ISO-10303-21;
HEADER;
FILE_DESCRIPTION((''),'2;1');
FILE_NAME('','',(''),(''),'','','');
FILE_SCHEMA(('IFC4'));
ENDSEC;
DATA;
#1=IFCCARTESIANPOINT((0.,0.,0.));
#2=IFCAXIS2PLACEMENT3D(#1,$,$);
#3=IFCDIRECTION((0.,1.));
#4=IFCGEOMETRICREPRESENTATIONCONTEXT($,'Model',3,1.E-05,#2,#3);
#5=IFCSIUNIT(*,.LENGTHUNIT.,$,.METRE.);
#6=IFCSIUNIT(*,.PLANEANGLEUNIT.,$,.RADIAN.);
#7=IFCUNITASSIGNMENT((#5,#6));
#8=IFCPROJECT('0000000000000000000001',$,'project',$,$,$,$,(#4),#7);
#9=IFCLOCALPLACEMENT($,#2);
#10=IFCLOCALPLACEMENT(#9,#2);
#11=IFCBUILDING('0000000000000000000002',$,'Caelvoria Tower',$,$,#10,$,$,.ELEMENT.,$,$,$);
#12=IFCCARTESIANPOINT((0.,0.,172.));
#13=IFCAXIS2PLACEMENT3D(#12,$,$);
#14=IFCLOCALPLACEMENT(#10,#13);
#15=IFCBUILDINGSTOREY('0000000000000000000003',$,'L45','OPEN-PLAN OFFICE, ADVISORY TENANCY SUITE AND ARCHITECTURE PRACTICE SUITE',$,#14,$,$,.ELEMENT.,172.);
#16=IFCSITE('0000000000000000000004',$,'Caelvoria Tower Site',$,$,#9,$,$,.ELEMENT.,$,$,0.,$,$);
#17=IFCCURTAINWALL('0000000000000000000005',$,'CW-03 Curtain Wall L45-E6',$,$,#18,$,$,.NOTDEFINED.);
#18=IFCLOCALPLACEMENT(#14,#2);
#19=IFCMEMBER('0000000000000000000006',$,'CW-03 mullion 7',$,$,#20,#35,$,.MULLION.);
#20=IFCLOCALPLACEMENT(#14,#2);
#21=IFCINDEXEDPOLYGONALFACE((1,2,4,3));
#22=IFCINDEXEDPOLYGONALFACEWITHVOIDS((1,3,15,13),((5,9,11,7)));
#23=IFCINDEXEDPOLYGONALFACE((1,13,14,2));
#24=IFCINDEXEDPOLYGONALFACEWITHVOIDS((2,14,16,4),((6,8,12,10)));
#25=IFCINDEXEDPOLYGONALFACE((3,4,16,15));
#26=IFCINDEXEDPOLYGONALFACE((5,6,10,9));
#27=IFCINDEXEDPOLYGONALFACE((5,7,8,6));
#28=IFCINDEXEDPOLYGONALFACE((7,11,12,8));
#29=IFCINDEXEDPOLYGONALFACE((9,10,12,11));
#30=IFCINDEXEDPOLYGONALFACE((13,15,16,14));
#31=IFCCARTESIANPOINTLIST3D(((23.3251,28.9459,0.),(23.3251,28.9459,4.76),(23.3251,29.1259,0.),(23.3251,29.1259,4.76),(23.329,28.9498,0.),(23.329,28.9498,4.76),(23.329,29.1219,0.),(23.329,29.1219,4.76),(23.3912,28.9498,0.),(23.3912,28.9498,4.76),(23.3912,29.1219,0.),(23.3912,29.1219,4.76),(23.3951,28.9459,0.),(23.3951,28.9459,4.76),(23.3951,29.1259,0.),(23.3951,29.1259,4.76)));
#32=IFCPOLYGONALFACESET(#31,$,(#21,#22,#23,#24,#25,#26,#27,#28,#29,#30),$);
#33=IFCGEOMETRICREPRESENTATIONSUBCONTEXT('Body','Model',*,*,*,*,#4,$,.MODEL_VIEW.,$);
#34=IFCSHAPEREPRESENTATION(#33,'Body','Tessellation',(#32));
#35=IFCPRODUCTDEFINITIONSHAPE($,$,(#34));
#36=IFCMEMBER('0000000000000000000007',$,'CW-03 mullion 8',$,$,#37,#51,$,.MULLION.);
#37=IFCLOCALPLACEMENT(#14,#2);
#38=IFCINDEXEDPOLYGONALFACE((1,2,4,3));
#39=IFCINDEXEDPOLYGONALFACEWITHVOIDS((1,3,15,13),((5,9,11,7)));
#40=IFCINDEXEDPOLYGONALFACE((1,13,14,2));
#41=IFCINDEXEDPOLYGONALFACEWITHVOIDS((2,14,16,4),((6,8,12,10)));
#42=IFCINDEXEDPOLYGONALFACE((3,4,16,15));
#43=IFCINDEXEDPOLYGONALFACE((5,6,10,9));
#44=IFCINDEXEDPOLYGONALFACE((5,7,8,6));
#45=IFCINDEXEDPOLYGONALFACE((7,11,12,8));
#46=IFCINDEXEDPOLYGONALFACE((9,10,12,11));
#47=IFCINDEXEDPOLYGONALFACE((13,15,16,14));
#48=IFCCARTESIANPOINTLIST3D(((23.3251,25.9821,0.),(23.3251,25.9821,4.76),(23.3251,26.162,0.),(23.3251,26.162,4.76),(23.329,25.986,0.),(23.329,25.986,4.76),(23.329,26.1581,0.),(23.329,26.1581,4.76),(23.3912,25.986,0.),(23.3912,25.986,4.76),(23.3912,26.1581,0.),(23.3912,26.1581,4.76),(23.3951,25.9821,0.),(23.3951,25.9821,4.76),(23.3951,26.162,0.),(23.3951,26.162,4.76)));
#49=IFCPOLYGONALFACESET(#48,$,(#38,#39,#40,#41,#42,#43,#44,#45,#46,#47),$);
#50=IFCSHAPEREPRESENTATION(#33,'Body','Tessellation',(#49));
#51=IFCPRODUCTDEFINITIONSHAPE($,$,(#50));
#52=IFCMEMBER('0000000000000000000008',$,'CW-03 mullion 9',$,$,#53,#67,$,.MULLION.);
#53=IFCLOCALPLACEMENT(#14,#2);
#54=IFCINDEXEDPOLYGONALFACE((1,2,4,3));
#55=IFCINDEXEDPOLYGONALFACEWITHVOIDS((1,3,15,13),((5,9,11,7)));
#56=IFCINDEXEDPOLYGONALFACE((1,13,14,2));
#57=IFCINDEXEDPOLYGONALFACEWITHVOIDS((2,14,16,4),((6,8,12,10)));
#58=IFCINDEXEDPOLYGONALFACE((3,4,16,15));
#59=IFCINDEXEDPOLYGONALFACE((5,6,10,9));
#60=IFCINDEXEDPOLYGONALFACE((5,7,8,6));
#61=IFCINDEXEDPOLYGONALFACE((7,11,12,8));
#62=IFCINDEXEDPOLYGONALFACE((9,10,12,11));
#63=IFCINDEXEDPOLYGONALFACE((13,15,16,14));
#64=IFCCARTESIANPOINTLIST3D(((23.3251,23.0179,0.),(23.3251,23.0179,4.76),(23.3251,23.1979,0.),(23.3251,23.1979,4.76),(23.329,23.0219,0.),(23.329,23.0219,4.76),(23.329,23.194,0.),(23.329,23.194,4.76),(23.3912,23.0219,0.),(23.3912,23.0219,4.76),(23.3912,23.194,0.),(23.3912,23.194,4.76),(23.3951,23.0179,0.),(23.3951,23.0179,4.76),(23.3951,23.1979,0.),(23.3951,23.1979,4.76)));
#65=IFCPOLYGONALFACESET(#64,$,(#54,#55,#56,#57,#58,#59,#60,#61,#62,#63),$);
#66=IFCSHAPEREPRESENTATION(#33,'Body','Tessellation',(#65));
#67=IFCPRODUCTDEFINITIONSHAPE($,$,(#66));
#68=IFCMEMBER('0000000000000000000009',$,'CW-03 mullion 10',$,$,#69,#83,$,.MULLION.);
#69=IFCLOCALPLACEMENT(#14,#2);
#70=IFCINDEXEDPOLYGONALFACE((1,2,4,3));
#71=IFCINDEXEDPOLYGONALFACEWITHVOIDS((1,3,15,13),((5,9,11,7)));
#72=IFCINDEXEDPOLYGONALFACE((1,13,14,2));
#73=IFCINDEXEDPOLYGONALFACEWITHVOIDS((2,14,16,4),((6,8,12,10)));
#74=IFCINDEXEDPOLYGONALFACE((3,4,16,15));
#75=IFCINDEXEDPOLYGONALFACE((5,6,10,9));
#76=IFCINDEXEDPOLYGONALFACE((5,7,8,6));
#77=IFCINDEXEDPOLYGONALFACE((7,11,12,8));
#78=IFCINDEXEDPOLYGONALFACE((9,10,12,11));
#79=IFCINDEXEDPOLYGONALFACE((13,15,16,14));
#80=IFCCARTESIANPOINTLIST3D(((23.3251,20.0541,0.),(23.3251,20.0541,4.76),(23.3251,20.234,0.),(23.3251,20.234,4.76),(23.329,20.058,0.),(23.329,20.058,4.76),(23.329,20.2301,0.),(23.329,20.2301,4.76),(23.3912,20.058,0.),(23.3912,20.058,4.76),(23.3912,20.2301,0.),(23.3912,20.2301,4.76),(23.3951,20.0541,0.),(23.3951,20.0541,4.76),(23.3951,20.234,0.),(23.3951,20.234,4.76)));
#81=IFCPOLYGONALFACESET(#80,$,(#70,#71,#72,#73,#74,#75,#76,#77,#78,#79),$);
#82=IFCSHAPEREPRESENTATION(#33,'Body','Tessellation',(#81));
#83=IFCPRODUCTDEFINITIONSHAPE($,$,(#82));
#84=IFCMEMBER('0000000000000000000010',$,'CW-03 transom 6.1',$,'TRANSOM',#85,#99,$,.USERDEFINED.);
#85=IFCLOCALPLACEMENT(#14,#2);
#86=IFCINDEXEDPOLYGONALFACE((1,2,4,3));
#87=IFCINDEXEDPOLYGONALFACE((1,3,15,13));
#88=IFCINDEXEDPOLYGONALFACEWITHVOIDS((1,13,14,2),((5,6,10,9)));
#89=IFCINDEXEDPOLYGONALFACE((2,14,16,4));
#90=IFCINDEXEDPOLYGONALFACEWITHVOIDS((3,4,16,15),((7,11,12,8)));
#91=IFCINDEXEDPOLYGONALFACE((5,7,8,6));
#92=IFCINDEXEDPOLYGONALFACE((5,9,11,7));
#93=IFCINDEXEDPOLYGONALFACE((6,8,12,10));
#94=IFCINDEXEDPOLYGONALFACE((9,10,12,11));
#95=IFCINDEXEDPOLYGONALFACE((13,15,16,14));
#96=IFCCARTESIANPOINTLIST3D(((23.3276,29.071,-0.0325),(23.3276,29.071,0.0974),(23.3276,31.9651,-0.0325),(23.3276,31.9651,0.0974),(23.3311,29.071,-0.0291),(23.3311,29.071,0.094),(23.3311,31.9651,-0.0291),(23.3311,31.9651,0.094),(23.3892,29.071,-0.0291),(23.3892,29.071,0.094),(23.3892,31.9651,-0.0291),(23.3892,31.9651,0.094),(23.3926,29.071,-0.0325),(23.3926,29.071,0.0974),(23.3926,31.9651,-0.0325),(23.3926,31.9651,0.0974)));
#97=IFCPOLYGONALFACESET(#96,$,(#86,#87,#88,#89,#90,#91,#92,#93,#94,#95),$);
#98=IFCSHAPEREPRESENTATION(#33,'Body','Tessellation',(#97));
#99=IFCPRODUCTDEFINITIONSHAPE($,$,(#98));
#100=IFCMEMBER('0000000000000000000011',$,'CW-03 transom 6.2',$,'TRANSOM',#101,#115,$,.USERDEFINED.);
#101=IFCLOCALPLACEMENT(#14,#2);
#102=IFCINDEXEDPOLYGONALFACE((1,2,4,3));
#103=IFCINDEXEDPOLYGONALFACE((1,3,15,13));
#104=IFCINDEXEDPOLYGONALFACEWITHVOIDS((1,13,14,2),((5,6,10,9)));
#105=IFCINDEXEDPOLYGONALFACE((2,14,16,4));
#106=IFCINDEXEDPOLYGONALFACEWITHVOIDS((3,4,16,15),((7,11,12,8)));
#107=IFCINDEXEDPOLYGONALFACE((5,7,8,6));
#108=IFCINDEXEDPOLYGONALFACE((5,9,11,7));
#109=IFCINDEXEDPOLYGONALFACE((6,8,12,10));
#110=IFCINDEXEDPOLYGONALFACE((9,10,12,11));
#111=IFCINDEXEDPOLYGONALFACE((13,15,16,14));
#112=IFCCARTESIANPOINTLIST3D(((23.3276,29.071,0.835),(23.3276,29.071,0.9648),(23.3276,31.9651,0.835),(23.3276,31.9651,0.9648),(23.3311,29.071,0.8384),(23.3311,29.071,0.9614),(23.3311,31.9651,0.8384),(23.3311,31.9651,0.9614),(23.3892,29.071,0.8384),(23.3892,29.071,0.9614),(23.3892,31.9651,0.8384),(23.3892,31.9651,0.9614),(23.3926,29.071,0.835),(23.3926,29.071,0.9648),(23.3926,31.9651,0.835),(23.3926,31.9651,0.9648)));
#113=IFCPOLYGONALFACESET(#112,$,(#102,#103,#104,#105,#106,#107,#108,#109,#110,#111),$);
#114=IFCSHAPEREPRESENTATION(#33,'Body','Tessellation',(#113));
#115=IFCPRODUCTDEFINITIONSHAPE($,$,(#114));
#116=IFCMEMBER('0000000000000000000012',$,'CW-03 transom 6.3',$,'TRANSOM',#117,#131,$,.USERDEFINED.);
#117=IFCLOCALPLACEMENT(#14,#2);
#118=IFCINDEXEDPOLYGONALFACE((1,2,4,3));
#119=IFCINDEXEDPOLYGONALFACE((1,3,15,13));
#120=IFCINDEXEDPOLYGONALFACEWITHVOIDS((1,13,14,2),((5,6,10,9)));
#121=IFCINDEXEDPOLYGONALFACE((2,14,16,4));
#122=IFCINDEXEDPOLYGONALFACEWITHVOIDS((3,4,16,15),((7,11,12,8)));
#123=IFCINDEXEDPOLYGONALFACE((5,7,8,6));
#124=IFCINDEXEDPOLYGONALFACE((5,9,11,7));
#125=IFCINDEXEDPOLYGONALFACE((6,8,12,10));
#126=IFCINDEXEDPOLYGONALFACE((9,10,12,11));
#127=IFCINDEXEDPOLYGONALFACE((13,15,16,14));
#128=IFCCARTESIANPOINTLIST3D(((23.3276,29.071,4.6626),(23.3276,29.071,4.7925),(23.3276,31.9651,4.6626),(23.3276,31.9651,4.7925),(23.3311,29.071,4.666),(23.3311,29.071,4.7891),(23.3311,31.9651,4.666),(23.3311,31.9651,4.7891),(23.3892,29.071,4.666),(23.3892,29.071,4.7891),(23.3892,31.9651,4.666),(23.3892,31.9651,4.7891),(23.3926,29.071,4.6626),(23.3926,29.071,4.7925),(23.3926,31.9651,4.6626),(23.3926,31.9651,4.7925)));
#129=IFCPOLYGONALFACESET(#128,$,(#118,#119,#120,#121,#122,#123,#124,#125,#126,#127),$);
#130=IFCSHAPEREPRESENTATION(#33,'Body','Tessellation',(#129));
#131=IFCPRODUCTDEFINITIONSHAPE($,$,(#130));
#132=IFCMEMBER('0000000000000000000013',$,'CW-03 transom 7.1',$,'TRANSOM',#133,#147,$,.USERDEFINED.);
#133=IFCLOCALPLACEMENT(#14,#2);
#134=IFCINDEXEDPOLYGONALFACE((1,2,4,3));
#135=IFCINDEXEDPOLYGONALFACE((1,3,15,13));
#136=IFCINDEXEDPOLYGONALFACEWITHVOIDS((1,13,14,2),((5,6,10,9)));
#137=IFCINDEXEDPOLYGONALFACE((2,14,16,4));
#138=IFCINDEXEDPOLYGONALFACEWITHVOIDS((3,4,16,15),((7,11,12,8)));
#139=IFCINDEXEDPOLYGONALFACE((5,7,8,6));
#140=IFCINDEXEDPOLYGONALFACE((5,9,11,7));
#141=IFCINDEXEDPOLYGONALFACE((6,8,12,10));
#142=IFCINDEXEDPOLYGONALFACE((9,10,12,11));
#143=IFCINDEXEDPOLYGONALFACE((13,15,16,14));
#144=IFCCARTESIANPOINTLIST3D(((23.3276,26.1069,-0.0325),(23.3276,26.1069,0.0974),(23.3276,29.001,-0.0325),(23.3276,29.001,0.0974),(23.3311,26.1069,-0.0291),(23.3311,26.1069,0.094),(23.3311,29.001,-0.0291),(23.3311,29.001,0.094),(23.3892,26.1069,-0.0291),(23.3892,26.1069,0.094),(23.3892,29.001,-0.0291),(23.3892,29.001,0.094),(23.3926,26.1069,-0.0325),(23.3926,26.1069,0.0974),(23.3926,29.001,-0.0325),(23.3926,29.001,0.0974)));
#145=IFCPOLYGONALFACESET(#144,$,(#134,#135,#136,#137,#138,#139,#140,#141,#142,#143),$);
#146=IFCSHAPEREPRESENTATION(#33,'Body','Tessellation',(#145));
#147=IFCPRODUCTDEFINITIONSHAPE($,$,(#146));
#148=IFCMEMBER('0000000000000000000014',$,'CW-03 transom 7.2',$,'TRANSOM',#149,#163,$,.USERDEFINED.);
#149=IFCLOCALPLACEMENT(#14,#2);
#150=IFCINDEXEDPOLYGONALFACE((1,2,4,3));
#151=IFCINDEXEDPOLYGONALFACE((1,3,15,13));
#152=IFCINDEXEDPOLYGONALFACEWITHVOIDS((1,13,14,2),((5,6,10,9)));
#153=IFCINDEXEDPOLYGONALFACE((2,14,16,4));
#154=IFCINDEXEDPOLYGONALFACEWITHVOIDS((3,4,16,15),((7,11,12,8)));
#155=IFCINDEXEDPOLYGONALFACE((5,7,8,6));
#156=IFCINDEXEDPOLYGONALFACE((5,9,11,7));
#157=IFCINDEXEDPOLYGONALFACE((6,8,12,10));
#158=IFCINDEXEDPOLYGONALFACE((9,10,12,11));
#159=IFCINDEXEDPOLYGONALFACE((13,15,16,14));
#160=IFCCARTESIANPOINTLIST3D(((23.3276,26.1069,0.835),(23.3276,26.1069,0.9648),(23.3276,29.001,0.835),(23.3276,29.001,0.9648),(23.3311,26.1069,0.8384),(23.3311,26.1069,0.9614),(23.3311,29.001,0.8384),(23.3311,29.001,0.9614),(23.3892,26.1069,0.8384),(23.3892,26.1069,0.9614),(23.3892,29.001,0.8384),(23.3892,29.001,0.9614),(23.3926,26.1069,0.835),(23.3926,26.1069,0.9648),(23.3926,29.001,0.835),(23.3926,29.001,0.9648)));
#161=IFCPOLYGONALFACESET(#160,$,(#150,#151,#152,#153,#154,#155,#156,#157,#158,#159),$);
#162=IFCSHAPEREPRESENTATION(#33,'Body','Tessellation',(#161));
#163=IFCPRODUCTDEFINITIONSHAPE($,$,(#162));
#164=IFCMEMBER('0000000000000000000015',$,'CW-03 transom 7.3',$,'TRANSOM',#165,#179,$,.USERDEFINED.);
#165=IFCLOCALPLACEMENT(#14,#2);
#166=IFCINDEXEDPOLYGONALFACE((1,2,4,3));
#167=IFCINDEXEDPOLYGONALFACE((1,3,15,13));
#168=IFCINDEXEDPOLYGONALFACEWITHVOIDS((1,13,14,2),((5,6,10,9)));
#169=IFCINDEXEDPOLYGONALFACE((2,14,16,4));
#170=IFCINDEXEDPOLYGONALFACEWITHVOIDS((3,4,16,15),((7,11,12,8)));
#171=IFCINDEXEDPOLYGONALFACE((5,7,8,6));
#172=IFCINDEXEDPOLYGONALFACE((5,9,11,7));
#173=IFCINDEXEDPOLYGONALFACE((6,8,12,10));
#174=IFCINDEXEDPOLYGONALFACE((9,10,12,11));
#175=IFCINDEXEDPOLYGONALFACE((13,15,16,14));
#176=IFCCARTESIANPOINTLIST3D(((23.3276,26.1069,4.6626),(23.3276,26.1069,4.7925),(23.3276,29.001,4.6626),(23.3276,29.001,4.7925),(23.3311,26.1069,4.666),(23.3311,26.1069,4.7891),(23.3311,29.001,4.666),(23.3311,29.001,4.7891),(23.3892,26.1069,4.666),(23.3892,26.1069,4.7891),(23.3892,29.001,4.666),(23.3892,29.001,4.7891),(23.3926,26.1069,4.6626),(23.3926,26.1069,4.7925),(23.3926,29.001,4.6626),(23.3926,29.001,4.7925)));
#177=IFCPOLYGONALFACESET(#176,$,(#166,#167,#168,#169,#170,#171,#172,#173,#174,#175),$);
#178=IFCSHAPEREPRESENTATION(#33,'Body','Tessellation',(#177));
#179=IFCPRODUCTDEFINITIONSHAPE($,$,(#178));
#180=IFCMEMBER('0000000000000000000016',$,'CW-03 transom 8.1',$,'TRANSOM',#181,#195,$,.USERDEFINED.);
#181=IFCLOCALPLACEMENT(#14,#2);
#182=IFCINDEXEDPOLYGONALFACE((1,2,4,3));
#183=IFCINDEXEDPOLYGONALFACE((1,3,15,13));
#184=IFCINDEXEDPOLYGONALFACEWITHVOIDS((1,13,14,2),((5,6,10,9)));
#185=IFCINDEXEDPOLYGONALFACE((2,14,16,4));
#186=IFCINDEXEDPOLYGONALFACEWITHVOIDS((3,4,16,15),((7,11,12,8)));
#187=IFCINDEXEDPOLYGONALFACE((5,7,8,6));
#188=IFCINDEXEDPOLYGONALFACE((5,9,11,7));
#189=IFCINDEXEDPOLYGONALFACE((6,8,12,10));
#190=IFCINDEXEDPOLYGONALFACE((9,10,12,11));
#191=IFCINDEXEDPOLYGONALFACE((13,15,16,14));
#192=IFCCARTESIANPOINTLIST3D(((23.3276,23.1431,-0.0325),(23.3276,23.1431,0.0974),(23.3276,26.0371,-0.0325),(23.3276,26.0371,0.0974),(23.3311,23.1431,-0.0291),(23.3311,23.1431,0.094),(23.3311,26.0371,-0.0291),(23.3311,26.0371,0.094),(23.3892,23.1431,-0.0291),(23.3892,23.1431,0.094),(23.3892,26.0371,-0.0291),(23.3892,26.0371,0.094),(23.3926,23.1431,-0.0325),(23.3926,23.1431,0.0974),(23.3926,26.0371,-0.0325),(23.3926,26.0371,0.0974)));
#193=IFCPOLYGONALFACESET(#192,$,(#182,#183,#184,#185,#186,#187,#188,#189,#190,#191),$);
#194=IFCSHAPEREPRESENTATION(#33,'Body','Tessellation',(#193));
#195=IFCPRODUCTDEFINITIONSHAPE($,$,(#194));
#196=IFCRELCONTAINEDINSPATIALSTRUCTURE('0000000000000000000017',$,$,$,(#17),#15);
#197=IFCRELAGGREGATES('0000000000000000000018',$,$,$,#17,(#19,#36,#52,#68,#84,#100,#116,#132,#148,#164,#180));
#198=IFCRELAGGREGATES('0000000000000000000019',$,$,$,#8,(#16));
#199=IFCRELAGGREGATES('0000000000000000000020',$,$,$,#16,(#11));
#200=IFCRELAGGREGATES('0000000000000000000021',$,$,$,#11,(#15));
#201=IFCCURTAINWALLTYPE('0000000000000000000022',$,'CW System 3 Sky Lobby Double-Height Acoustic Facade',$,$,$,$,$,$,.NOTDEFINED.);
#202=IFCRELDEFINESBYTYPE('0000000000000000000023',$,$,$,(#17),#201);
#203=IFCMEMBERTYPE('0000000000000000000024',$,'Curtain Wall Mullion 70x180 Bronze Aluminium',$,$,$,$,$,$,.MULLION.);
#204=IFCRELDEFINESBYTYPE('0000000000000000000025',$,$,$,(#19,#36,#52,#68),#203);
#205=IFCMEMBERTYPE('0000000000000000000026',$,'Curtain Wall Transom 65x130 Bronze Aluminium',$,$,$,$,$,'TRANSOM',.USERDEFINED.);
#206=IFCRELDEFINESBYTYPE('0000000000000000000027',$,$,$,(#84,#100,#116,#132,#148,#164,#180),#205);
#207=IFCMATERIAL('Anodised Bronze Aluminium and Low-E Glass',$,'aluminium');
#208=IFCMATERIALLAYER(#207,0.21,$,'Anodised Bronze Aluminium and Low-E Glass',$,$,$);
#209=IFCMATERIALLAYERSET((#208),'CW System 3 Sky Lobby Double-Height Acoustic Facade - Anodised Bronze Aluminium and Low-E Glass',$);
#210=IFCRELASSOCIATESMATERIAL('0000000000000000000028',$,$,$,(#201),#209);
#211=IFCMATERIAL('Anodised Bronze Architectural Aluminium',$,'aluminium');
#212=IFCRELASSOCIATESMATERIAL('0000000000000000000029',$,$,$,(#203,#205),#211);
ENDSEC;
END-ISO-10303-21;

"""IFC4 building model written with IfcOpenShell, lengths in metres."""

from ifc_helpers import new_model, si_unit, direction, frame, origin, origin_2d, place, context, subcontext, project, spatial, hollow_rectangle, extrude, material, layer, layer_set, material_profile, profile_set, type_object, element, aggregate, save


model = new_model("IFC4")

# Units and contexts
model_context = context("Model", 3, precision=1e-05, world=origin(), true_north=direction((0.0, 1.0)))
body_context = subcontext(model_context, "Body", "Model", "MODEL_VIEW")
ifc_project = project(units=[si_unit("LENGTHUNIT", "METRE"), si_unit("PLANEANGLEUNIT", "RADIAN")], contexts=[model_context])

# Site, building, storey
site_placement = place(None, origin())
site = spatial("IfcSite", under=ifc_project, at=site_placement, Name="Caelvoria Tower Site", CompositionType="ELEMENT", RefElevation=0.0)
building_placement = place(site_placement, origin())
building = spatial("IfcBuilding", under=site, at=building_placement, Name="Caelvoria Tower", CompositionType="ELEMENT")
storey_placement = place(building_placement, frame((0.0, 0.0, 172.0)))
storey = spatial("IfcBuildingStorey", under=building, at=storey_placement, Name="L45", Description="OPEN-PLAN OFFICE, ADVISORY TENANCY SUITE AND ARCHITECTURE PRACTICE SUITE", CompositionType="ELEMENT", Elevation=172.0)

# Curtain wall, members
ifc_material_1 = material(Name="Anodised Bronze Aluminium and Low-E Glass", Category="aluminium")
ifc_layer_1 = layer(ifc_material_1, 0.21, Name="Anodised Bronze Aluminium and Low-E Glass")
ifc_layer_set_1 = layer_set([ifc_layer_1], Name="CW System 3 Sky Lobby Double-Height Acoustic Facade - Anodised Bronze Aluminium and Low-E Glass")
curtain_wall_type = type_object("IfcCurtainWallType", Name="CW System 3 Sky Lobby Double-Height Acoustic Facade", PredefinedType="NOTDEFINED", material=ifc_layer_set_1)
curtain_wall_placement = place(storey_placement, origin())
curtain_wall = element("IfcCurtainWall", 1, at=curtain_wall_placement, inside=storey, type_object=curtain_wall_type, Name="CW-03 Curtain Wall L45-E6", PredefinedType="NOTDEFINED")
ifc_material_2 = material(Name="Anodised Bronze Architectural Aluminium", Category="aluminium")
ifc_material_profile_1 = material_profile(ifc_material_2, hollow_rectangle(XDim=0.0701, YDim=0.1799, WallThickness=0.0039, at=origin_2d()), Name="Anodised Bronze Architectural Aluminium")
ifc_profile_set_1 = profile_set([ifc_material_profile_1], Name="CW_MULL_70X180 - Anodised Bronze Architectural Aluminium")
member_type_1 = type_object("IfcMemberType", Name="Curtain Wall Mullion 70x180 Bronze Aluminium", PredefinedType="MULLION", material=ifc_profile_set_1)
member_1_placement = place(storey_placement, frame((23.3601, 29.0359, 0.0), z_axis=(0.0, 0.0, 1.0), x_axis=(1.0, 0.0, 0.0)))
member_1 = element("IfcMember", 2, at=member_1_placement, type_object=member_type_1, Name="CW-03 mullion 7", PredefinedType="MULLION", context=body_context, shape_type="SweptSolid", body=[
    extrude(hollow_rectangle(XDim=0.0701, YDim=0.1799, WallThickness=0.0039, at=origin_2d()), origin(), (0.0, 0.0, 1.0), 4.76),
])
member_2_placement = place(storey_placement, frame((23.3601, 26.072, 0.0), z_axis=(0.0, 0.0, 1.0), x_axis=(1.0, 0.0, 0.0)))
member_2 = element("IfcMember", 3, at=member_2_placement, type_object=member_type_1, Name="CW-03 mullion 8", PredefinedType="MULLION", context=body_context, shape_type="SweptSolid", body=[
    extrude(hollow_rectangle(XDim=0.0701, YDim=0.1799, WallThickness=0.0039, at=origin_2d()), origin(), (0.0, 0.0, 1.0), 4.76),
])
member_3_placement = place(storey_placement, frame((23.3601, 23.1079, 0.0), z_axis=(0.0, 0.0, 1.0), x_axis=(1.0, 0.0, 0.0)))
member_3 = element("IfcMember", 4, at=member_3_placement, type_object=member_type_1, Name="CW-03 mullion 9", PredefinedType="MULLION", context=body_context, shape_type="SweptSolid", body=[
    extrude(hollow_rectangle(XDim=0.0701, YDim=0.1799, WallThickness=0.0039, at=origin_2d()), origin(), (0.0, 0.0, 1.0), 4.76),
])
member_4_placement = place(storey_placement, frame((23.3601, 20.144, 0.0), z_axis=(0.0, 0.0, 1.0), x_axis=(1.0, 0.0, 0.0)))
member_4 = element("IfcMember", 5, at=member_4_placement, type_object=member_type_1, Name="CW-03 mullion 10", PredefinedType="MULLION", context=body_context, shape_type="SweptSolid", body=[
    extrude(hollow_rectangle(XDim=0.0701, YDim=0.1799, WallThickness=0.0039, at=origin_2d()), origin(), (0.0, 0.0, 1.0), 4.76),
])
ifc_material_profile_2 = material_profile(ifc_material_2, hollow_rectangle(XDim=0.0649, YDim=0.1299, WallThickness=0.0034, at=origin_2d()), Name="Anodised Bronze Architectural Aluminium")
ifc_profile_set_2 = profile_set([ifc_material_profile_2], Name="CW_TRAN_65X130 - Anodised Bronze Architectural Aluminium")
member_type_2 = type_object("IfcMemberType", Name="Curtain Wall Transom 65x130 Bronze Aluminium", ElementType="TRANSOM", PredefinedType="USERDEFINED", material=ifc_profile_set_2)
member_5_placement = place(storey_placement, frame((23.3601, 31.9651, 0.0325), z_axis=(0.0, -1.0, 0.0), x_axis=(1.0, 0.0, 0.0)))
member_5 = element("IfcMember", 6, at=member_5_placement, type_object=member_type_2, Name="CW-03 transom 6.1", ObjectType="TRANSOM", PredefinedType="USERDEFINED", context=body_context, shape_type="SweptSolid", body=[
    extrude(hollow_rectangle(XDim=0.0649, YDim=0.1299, WallThickness=0.0034, at=origin_2d()), origin(), (0.0, 0.0, 1.0), 2.894),
])
member_6_placement = place(storey_placement, frame((23.3601, 31.9651, 0.8999), z_axis=(0.0, -1.0, 0.0), x_axis=(1.0, 0.0, 0.0)))
member_6 = element("IfcMember", 7, at=member_6_placement, type_object=member_type_2, Name="CW-03 transom 6.2", ObjectType="TRANSOM", PredefinedType="USERDEFINED", context=body_context, shape_type="SweptSolid", body=[
    extrude(hollow_rectangle(XDim=0.0649, YDim=0.1299, WallThickness=0.0034, at=origin_2d()), origin(), (0.0, 0.0, 1.0), 2.894),
])
member_7_placement = place(storey_placement, frame((23.3601, 31.9651, 4.7275), z_axis=(0.0, -1.0, 0.0), x_axis=(1.0, 0.0, 0.0)))
member_7 = element("IfcMember", 8, at=member_7_placement, type_object=member_type_2, Name="CW-03 transom 6.3", ObjectType="TRANSOM", PredefinedType="USERDEFINED", context=body_context, shape_type="SweptSolid", body=[
    extrude(hollow_rectangle(XDim=0.0649, YDim=0.1299, WallThickness=0.0034, at=origin_2d()), origin(), (0.0, 0.0, 1.0), 2.894),
])
member_8_placement = place(storey_placement, frame((23.3601, 29.001, 0.0325), z_axis=(0.0, -1.0, 0.0), x_axis=(1.0, 0.0, 0.0)))
member_8 = element("IfcMember", 9, at=member_8_placement, type_object=member_type_2, Name="CW-03 transom 7.1", ObjectType="TRANSOM", PredefinedType="USERDEFINED", context=body_context, shape_type="SweptSolid", body=[
    extrude(hollow_rectangle(XDim=0.0649, YDim=0.1299, WallThickness=0.0034, at=origin_2d()), origin(), (0.0, 0.0, 1.0), 2.894),
])
member_9_placement = place(storey_placement, frame((23.3601, 29.001, 0.8999), z_axis=(0.0, -1.0, 0.0), x_axis=(1.0, 0.0, 0.0)))
member_9 = element("IfcMember", 10, at=member_9_placement, type_object=member_type_2, Name="CW-03 transom 7.2", ObjectType="TRANSOM", PredefinedType="USERDEFINED", context=body_context, shape_type="SweptSolid", body=[
    extrude(hollow_rectangle(XDim=0.0649, YDim=0.1299, WallThickness=0.0034, at=origin_2d()), origin(), (0.0, 0.0, 1.0), 2.894),
])
member_10_placement = place(storey_placement, frame((23.3601, 29.001, 4.7275), z_axis=(0.0, -1.0, 0.0), x_axis=(1.0, 0.0, 0.0)))
member_10 = element("IfcMember", 11, at=member_10_placement, type_object=member_type_2, Name="CW-03 transom 7.3", ObjectType="TRANSOM", PredefinedType="USERDEFINED", context=body_context, shape_type="SweptSolid", body=[
    extrude(hollow_rectangle(XDim=0.0649, YDim=0.1299, WallThickness=0.0034, at=origin_2d()), origin(), (0.0, 0.0, 1.0), 2.894),
])
member_11_placement = place(storey_placement, frame((23.3601, 26.0371, 0.0325), z_axis=(0.0, -1.0, 0.0), x_axis=(1.0, 0.0, 0.0)))
member_11 = element("IfcMember", 12, at=member_11_placement, type_object=member_type_2, Name="CW-03 transom 8.1", ObjectType="TRANSOM", PredefinedType="USERDEFINED", context=body_context, shape_type="SweptSolid", body=[
    extrude(hollow_rectangle(XDim=0.0649, YDim=0.1299, WallThickness=0.0034, at=origin_2d()), origin(), (0.0, 0.0, 1.0), 2.894),
])
aggregate(curtain_wall, [member_1, member_2, member_3, member_4, member_5, member_6, member_7, member_8, member_9, member_10, member_11])

save(model, "model.ifc")
